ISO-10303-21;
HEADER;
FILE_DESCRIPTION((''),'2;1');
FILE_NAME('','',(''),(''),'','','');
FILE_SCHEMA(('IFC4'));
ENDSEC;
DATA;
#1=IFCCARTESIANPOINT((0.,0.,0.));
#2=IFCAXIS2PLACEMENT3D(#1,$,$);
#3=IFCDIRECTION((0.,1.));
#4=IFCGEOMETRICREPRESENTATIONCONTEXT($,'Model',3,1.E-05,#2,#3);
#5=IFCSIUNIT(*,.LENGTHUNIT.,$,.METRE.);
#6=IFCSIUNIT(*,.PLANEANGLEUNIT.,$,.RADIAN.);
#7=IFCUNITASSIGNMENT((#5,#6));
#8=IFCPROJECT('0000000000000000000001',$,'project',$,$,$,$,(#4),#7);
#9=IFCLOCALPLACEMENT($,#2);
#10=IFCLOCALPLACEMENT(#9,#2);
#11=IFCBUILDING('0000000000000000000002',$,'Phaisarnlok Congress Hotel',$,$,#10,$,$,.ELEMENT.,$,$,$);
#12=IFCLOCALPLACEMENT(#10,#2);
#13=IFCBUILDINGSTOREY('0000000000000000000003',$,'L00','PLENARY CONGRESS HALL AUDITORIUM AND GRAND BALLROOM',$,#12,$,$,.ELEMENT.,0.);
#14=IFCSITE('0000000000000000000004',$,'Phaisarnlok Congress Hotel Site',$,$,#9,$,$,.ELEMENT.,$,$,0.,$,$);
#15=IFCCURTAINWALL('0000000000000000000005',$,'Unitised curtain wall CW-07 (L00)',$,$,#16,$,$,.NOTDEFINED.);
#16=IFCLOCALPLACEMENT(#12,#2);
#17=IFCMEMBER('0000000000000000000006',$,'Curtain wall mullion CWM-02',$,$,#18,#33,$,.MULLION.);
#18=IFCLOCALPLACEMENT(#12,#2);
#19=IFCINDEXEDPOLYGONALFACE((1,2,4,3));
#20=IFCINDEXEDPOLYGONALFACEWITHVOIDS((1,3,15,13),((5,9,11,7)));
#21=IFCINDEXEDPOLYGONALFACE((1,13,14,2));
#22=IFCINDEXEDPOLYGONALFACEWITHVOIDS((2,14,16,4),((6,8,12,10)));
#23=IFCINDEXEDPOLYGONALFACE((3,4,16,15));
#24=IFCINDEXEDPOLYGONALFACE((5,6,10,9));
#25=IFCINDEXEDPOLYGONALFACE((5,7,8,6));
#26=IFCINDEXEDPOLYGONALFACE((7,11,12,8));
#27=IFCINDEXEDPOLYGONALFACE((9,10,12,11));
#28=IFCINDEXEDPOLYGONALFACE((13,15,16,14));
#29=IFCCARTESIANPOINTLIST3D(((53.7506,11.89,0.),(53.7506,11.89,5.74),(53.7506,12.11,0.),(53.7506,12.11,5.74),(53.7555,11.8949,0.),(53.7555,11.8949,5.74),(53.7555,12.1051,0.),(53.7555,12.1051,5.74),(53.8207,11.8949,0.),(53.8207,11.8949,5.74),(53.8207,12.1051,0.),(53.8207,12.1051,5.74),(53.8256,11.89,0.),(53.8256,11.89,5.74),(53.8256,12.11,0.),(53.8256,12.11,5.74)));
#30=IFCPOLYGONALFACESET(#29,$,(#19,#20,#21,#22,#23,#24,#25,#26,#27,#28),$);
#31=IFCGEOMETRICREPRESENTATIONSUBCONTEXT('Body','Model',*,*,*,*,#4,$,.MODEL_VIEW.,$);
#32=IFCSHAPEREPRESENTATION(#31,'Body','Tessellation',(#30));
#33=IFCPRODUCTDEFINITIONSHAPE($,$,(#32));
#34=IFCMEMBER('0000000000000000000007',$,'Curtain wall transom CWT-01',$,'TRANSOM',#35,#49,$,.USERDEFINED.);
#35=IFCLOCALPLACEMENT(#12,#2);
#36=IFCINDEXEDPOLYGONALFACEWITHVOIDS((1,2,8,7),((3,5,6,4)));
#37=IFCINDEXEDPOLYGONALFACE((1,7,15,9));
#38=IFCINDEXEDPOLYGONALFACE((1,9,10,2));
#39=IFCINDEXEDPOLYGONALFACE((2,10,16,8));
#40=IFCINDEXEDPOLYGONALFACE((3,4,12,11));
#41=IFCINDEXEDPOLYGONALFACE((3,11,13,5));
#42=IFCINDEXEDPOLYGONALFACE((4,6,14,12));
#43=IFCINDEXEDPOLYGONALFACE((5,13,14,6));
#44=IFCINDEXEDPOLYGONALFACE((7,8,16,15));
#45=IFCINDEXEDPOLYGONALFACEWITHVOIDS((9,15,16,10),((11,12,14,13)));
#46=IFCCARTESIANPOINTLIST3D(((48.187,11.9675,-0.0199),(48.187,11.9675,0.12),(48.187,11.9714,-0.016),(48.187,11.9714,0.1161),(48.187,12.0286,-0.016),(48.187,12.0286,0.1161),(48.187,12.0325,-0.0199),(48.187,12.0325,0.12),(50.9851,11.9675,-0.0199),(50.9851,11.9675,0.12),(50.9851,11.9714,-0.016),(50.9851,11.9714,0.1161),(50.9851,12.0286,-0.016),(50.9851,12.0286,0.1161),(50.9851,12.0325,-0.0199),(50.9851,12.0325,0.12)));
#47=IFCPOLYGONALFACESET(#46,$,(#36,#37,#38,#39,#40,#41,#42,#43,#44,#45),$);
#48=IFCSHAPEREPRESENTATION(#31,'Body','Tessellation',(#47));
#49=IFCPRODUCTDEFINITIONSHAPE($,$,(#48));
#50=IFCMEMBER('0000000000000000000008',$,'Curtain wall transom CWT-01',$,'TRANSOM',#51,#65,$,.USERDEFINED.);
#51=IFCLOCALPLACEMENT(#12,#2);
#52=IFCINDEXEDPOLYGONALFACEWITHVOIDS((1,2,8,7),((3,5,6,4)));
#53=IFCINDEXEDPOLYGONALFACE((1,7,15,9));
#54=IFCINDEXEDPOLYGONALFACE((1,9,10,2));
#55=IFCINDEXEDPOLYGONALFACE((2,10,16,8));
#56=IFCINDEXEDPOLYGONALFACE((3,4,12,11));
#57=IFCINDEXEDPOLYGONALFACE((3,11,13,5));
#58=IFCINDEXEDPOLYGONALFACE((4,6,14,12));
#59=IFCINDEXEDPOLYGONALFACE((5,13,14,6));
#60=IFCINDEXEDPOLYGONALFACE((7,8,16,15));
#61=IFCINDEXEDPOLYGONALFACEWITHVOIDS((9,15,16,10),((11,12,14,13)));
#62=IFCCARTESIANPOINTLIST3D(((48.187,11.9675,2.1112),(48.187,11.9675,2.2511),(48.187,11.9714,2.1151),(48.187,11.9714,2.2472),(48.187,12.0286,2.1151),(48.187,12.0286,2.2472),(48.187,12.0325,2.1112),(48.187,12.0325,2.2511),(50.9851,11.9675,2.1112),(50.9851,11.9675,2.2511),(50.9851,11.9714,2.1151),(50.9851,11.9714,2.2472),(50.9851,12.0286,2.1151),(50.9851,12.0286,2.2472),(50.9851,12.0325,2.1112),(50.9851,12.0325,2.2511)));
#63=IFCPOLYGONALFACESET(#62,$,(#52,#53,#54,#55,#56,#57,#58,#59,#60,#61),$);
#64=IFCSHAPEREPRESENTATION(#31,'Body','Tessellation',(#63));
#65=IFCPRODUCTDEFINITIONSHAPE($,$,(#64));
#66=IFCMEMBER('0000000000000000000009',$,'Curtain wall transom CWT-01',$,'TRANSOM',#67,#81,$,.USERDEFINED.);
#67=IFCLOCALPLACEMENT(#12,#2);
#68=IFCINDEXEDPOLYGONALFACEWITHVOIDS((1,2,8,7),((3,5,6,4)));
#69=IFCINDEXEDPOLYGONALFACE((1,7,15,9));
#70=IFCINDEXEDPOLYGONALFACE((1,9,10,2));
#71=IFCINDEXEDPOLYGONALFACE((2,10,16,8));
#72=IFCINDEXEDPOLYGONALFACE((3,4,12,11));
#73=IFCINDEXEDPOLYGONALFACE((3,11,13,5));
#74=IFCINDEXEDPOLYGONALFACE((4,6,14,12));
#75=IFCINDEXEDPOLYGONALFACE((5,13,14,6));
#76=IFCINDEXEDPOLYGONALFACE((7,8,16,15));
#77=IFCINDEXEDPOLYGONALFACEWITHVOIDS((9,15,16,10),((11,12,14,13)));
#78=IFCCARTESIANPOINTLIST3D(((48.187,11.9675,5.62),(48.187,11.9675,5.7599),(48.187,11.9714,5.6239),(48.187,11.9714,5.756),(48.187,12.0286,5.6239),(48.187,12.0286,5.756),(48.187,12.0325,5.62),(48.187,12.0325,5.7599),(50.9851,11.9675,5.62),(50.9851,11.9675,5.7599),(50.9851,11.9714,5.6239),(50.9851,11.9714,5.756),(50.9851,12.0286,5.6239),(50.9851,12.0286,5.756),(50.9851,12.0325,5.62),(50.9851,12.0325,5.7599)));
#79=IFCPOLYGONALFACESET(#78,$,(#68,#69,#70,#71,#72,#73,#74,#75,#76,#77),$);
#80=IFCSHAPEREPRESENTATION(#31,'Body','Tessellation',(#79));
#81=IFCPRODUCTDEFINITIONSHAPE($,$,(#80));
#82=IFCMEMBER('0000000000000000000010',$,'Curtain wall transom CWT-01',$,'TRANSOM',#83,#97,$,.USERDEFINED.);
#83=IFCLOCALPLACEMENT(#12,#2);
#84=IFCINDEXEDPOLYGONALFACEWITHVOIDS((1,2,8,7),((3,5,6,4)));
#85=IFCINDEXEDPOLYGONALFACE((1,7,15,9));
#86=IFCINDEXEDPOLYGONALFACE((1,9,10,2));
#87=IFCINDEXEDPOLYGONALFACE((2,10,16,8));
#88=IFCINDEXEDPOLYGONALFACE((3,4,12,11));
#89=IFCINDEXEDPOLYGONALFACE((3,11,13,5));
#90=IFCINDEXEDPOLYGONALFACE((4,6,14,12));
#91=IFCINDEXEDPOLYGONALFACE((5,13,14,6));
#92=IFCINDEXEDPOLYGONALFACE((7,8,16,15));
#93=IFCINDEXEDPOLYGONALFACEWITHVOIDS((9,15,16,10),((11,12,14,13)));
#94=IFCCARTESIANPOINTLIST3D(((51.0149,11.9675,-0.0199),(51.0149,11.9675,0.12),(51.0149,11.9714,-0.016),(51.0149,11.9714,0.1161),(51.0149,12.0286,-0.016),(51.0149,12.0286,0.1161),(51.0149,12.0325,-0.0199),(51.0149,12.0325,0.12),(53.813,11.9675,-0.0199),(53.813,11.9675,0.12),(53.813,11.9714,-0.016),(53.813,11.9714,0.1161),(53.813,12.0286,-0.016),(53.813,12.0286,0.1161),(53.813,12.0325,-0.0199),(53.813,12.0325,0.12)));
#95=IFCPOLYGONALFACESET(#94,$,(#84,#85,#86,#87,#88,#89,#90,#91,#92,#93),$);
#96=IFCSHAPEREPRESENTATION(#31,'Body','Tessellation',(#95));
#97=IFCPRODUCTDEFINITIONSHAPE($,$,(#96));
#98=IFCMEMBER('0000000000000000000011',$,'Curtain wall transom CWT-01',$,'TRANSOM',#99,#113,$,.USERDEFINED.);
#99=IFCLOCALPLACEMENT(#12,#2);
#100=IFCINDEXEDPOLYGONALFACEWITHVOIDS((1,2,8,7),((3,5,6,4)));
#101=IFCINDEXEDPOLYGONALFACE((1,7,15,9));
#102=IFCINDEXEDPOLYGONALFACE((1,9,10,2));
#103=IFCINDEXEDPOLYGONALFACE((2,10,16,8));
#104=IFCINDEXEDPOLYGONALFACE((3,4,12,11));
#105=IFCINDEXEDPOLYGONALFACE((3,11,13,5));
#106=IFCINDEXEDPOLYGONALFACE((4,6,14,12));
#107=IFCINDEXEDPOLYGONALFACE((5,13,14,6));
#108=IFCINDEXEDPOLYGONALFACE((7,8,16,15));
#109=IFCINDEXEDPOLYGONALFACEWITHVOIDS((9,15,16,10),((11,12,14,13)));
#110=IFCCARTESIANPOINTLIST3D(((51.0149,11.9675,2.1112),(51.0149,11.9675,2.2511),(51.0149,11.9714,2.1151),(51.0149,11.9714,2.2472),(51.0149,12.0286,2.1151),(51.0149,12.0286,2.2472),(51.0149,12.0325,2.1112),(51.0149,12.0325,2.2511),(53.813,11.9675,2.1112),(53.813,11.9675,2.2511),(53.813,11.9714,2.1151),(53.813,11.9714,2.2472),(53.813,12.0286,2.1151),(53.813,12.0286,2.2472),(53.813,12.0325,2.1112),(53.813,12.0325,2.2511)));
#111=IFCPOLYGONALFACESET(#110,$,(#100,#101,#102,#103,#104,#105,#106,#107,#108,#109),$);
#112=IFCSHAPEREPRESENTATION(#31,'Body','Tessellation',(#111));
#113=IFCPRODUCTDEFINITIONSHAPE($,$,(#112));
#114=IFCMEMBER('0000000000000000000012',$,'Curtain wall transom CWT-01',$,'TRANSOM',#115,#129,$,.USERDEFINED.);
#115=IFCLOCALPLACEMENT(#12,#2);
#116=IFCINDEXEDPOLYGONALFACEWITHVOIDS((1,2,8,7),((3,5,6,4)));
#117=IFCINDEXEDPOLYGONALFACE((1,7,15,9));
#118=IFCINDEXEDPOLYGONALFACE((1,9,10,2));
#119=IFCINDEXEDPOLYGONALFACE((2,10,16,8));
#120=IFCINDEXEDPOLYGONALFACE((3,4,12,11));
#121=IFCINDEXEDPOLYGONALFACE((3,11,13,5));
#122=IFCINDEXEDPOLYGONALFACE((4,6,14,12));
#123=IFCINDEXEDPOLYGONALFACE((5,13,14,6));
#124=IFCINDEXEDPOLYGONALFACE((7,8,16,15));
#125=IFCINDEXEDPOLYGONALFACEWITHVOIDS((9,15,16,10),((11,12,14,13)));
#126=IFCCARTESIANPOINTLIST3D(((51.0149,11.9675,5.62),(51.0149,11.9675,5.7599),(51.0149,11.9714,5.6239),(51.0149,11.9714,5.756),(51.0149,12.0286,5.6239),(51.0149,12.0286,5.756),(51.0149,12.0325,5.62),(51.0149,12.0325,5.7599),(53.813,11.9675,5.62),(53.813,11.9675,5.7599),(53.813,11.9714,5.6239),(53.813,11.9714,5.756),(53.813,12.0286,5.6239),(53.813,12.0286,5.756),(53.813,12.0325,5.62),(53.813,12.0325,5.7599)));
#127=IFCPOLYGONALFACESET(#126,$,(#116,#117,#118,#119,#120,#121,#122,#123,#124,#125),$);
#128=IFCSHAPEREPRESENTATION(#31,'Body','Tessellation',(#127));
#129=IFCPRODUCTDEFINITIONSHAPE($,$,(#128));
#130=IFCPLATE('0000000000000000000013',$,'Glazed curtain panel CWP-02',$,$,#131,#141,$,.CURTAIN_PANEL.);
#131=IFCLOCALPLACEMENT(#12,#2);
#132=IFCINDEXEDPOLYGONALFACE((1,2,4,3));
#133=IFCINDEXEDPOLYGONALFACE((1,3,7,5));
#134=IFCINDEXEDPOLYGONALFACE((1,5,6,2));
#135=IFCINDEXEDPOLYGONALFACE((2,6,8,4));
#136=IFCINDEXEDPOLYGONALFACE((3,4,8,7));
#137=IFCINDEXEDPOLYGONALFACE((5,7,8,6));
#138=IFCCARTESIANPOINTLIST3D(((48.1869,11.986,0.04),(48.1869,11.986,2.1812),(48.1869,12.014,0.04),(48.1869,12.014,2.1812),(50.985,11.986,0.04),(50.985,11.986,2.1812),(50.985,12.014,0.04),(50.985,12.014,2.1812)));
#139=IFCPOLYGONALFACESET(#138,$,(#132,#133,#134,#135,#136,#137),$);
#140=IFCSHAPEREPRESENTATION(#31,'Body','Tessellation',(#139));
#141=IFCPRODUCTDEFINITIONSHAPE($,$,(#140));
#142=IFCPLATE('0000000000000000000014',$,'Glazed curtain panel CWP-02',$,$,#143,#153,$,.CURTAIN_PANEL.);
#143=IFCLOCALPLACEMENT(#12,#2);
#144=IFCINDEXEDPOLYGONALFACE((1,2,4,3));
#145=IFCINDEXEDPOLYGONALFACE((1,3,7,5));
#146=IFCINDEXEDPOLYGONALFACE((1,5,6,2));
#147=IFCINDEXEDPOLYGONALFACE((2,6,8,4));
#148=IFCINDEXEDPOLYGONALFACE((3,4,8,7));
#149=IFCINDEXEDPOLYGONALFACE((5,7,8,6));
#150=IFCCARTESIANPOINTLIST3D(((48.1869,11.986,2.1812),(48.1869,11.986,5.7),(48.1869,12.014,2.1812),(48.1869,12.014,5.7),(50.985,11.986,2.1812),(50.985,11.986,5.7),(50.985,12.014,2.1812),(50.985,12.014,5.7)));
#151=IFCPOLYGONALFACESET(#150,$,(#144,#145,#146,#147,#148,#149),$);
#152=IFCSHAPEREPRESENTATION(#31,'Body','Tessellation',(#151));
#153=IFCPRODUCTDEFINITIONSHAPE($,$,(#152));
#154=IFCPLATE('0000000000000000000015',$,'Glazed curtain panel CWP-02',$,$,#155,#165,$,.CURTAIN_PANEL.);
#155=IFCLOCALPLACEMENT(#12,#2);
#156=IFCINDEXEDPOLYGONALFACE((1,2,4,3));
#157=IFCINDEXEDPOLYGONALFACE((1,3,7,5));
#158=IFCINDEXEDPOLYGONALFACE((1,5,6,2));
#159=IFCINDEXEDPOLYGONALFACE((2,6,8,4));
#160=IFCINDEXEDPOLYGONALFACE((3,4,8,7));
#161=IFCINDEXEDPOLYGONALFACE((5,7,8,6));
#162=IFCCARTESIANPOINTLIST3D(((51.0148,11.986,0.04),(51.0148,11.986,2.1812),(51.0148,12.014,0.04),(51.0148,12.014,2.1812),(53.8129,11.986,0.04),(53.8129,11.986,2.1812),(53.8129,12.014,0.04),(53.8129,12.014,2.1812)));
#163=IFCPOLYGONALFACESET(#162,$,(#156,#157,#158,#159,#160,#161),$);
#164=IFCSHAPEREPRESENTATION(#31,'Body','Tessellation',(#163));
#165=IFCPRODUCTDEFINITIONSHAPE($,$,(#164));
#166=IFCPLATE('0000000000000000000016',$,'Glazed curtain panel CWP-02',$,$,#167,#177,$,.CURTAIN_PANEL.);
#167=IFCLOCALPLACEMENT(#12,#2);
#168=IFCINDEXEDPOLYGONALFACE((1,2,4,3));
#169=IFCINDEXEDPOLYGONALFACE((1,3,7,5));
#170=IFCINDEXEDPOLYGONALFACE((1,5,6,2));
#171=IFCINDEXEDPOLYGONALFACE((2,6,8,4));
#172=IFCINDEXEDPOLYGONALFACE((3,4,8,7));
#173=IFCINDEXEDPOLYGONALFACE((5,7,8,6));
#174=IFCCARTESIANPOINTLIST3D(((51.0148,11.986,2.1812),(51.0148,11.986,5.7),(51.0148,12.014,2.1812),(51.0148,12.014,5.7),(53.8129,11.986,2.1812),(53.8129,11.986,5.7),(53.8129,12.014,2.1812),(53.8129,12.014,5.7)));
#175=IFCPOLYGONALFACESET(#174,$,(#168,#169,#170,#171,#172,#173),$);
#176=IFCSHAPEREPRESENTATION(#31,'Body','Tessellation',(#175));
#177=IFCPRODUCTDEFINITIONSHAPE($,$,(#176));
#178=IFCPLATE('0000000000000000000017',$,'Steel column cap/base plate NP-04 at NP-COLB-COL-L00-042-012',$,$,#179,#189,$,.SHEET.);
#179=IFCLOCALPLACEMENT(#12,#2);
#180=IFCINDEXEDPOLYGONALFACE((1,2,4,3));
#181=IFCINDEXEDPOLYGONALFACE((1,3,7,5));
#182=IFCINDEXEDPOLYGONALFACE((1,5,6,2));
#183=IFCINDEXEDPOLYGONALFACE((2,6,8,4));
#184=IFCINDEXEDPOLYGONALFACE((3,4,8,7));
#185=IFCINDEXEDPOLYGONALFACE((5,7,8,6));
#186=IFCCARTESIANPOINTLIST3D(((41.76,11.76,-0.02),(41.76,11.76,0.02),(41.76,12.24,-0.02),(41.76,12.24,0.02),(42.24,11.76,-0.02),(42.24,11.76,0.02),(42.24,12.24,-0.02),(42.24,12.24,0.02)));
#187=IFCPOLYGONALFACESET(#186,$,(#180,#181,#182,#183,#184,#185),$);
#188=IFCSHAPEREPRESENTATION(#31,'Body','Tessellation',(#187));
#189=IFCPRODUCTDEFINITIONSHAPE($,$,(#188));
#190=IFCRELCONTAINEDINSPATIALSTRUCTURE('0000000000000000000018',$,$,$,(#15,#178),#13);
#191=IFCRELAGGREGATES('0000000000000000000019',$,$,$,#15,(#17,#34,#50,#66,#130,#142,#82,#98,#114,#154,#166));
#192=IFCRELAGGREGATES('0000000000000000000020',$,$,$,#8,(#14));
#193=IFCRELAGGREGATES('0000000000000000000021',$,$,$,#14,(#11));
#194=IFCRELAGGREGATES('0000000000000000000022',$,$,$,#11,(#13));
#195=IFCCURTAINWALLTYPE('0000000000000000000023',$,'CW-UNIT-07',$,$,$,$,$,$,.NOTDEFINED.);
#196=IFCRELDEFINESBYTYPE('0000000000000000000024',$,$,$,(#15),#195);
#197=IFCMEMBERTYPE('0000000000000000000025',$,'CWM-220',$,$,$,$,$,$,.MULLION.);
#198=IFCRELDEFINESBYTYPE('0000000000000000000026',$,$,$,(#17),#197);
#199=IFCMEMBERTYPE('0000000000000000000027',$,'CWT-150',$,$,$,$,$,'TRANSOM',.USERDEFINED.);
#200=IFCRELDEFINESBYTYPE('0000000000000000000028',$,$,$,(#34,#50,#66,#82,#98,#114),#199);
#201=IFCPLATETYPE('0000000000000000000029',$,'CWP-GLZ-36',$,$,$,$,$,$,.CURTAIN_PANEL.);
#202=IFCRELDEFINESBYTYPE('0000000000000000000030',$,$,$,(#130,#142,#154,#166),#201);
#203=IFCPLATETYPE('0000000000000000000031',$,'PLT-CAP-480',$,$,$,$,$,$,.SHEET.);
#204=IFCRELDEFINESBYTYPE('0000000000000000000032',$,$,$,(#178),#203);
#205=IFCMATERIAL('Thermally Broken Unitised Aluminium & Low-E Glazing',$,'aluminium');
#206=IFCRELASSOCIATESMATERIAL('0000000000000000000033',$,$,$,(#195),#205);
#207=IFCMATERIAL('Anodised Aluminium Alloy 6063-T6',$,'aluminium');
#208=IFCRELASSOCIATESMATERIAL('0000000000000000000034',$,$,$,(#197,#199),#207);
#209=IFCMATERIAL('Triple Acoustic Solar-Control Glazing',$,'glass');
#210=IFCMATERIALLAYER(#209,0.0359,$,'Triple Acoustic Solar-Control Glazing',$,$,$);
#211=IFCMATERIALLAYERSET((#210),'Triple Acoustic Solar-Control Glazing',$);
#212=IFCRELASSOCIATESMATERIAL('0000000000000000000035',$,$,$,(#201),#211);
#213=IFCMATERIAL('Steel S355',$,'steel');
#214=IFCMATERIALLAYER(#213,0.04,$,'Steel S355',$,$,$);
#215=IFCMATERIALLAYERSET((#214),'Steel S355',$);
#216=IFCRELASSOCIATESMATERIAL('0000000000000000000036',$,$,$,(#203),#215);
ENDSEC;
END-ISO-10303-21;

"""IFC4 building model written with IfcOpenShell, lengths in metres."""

from ifc_helpers import new_model, si_unit, direction, frame, frame_2d, origin, origin_2d, place, context, subcontext, project, spatial, rectangle, hollow_rectangle, extrude, material, layer, layer_set, material_profile, profile_set, type_object, element, aggregate, save


model = new_model("IFC4")

# Units and contexts
model_context = context("Model", 3, precision=1e-05, world=origin(), true_north=direction((0.0, 1.0)))
body_context = subcontext(model_context, "Body", "Model", "MODEL_VIEW")
ifc_project = project(units=[si_unit("LENGTHUNIT", "METRE"), si_unit("PLANEANGLEUNIT", "RADIAN")], contexts=[model_context])

# Site, building, storey
site_placement = place(None, origin())
site = spatial("IfcSite", under=ifc_project, at=site_placement, Name="Phaisarnlok Congress Hotel Site", CompositionType="ELEMENT", RefElevation=0.0)
building_placement = place(site_placement, origin())
building = spatial("IfcBuilding", under=site, at=building_placement, Name="Phaisarnlok Congress Hotel", CompositionType="ELEMENT")
storey_placement = place(building_placement, origin())
storey = spatial("IfcBuildingStorey", under=building, at=storey_placement, Name="L00", Description="PLENARY CONGRESS HALL AUDITORIUM AND GRAND BALLROOM", CompositionType="ELEMENT", Elevation=0.0)

# Shared definitions
ifc_material_1 = material(Name="Steel S355", Category="steel")

# Curtain wall, members, plates
ifc_material_2 = material(Name="Thermally Broken Unitised Aluminium & Low-E Glazing", Category="aluminium")
curtain_wall_type = type_object("IfcCurtainWallType", Name="CW-UNIT-07", PredefinedType="NOTDEFINED", material=ifc_material_2)
curtain_wall_placement = place(storey_placement, origin())
curtain_wall = element("IfcCurtainWall", 1, at=curtain_wall_placement, inside=storey, type_object=curtain_wall_type, Name="Unitised curtain wall CW-07 (L00)", PredefinedType="NOTDEFINED")
ifc_material_3 = material(Name="Anodised Aluminium Alloy 6063-T6", Category="aluminium")
ifc_material_profile_1 = material_profile(ifc_material_3, hollow_rectangle(XDim=0.075, YDim=0.22, WallThickness=0.0049, at=origin_2d()), Name="ALU-M 75x220x5")
ifc_profile_set_1 = profile_set([ifc_material_profile_1], Name="Anodised Aluminium Alloy 6063-T6")
member_type_1 = type_object("IfcMemberType", Name="CWM-220", PredefinedType="MULLION", material=ifc_profile_set_1)
member_1_placement = place(storey_placement, frame((53.7881, 12.0, 0.0), z_axis=(0.0, 0.0, 1.0), x_axis=(1.0, 0.0, 0.0)))
member_1 = element("IfcMember", 2, at=member_1_placement, type_object=member_type_1, Name="Curtain wall mullion CWM-02", PredefinedType="MULLION", context=body_context, shape_type="SweptSolid", body=[
    extrude(hollow_rectangle(XDim=0.075, YDim=0.22, WallThickness=0.0049, at=origin_2d()), origin(), (0.0, 0.0, 1.0), 5.74),
])
ifc_material_profile_2 = material_profile(ifc_material_3, hollow_rectangle(XDim=0.0649, YDim=0.1399, WallThickness=0.0039, at=origin_2d()), Name="ALU-T 65x140x4")
ifc_profile_set_2 = profile_set([ifc_material_profile_2], Name="Anodised Aluminium Alloy 6063-T6")
member_type_2 = type_object("IfcMemberType", Name="CWT-150", ElementType="TRANSOM", PredefinedType="USERDEFINED", material=ifc_profile_set_2)
member_2_placement = place(storey_placement, frame((48.187, 12.0, 0.05), z_axis=(1.0, 0.0, 0.0), x_axis=(0.0, 1.0, 0.0)))
member_2 = element("IfcMember", 3, at=member_2_placement, type_object=member_type_2, Name="Curtain wall transom CWT-01", ObjectType="TRANSOM", PredefinedType="USERDEFINED", context=body_context, shape_type="SweptSolid", body=[
    extrude(hollow_rectangle(XDim=0.0649, YDim=0.1399, WallThickness=0.0039, at=origin_2d()), origin(), (0.0, 0.0, 1.0), 2.7981),
])
member_3_placement = place(storey_placement, frame((48.187, 12.0, 2.1812), z_axis=(1.0, 0.0, 0.0), x_axis=(0.0, 1.0, 0.0)))
member_3 = element("IfcMember", 4, at=member_3_placement, type_object=member_type_2, Name="Curtain wall transom CWT-01", ObjectType="TRANSOM", PredefinedType="USERDEFINED", context=body_context, shape_type="SweptSolid", body=[
    extrude(hollow_rectangle(XDim=0.0649, YDim=0.1399, WallThickness=0.0039, at=origin_2d()), origin(), (0.0, 0.0, 1.0), 2.7981),
])
member_4_placement = place(storey_placement, frame((48.187, 12.0, 5.6899), z_axis=(1.0, 0.0, 0.0), x_axis=(0.0, 1.0, 0.0)))
member_4 = element("IfcMember", 5, at=member_4_placement, type_object=member_type_2, Name="Curtain wall transom CWT-01", ObjectType="TRANSOM", PredefinedType="USERDEFINED", context=body_context, shape_type="SweptSolid", body=[
    extrude(hollow_rectangle(XDim=0.0649, YDim=0.1399, WallThickness=0.0039, at=origin_2d()), origin(), (0.0, 0.0, 1.0), 2.7981),
])
member_5_placement = place(storey_placement, frame((51.0149, 12.0, 0.05), z_axis=(1.0, 0.0, 0.0), x_axis=(0.0, 1.0, 0.0)))
member_5 = element("IfcMember", 6, at=member_5_placement, type_object=member_type_2, Name="Curtain wall transom CWT-01", ObjectType="TRANSOM", PredefinedType="USERDEFINED", context=body_context, shape_type="SweptSolid", body=[
    extrude(hollow_rectangle(XDim=0.0649, YDim=0.1399, WallThickness=0.0039, at=origin_2d()), origin(), (0.0, 0.0, 1.0), 2.7981),
])
member_6_placement = place(storey_placement, frame((51.0149, 12.0, 2.1812), z_axis=(1.0, 0.0, 0.0), x_axis=(0.0, 1.0, 0.0)))
member_6 = element("IfcMember", 7, at=member_6_placement, type_object=member_type_2, Name="Curtain wall transom CWT-01", ObjectType="TRANSOM", PredefinedType="USERDEFINED", context=body_context, shape_type="SweptSolid", body=[
    extrude(hollow_rectangle(XDim=0.0649, YDim=0.1399, WallThickness=0.0039, at=origin_2d()), origin(), (0.0, 0.0, 1.0), 2.7981),
])
member_7_placement = place(storey_placement, frame((51.0149, 12.0, 5.6899), z_axis=(1.0, 0.0, 0.0), x_axis=(0.0, 1.0, 0.0)))
member_7 = element("IfcMember", 8, at=member_7_placement, type_object=member_type_2, Name="Curtain wall transom CWT-01", ObjectType="TRANSOM", PredefinedType="USERDEFINED", context=body_context, shape_type="SweptSolid", body=[
    extrude(hollow_rectangle(XDim=0.0649, YDim=0.1399, WallThickness=0.0039, at=origin_2d()), origin(), (0.0, 0.0, 1.0), 2.7981),
])
ifc_material_4 = material(Name="Triple Acoustic Solar-Control Glazing", Category="glass")
ifc_layer_1 = layer(ifc_material_4, 0.0359, Name="Triple Acoustic Solar-Control Glazing")
ifc_layer_set_1 = layer_set([ifc_layer_1], Name="Triple Acoustic Solar-Control Glazing")
plate_type_1 = type_object("IfcPlateType", Name="CWP-GLZ-36", PredefinedType="CURTAIN_PANEL", material=ifc_layer_set_1)
plate_1_placement = place(storey_placement, frame((48.187, 12.0, 0.04), z_axis=(0.0, 0.0, 1.0), x_axis=(1.0, 0.0, 0.0)))
plate_1 = element("IfcPlate", 9, at=plate_1_placement, type_object=plate_type_1, Name="Glazed curtain panel CWP-02", PredefinedType="CURTAIN_PANEL", context=body_context, shape_type="SweptSolid", body=[
    extrude(rectangle(XDim=2.7981, YDim=0.0281, at=frame_2d((1.3989, 0.0))), origin(), (0.0, 0.0, 1.0), 2.1411),
])
plate_2_placement = place(storey_placement, frame((48.187, 12.0, 2.1812), z_axis=(0.0, 0.0, 1.0), x_axis=(1.0, 0.0, 0.0)))
plate_2 = element("IfcPlate", 10, at=plate_2_placement, type_object=plate_type_1, Name="Glazed curtain panel CWP-02", PredefinedType="CURTAIN_PANEL", context=body_context, shape_type="SweptSolid", body=[
    extrude(rectangle(XDim=2.7981, YDim=0.0281, at=frame_2d((1.3989, 0.0))), origin(), (0.0, 0.0, 1.0), 3.5188),
])
plate_3_placement = place(storey_placement, frame((51.0149, 12.0, 0.04), z_axis=(0.0, 0.0, 1.0), x_axis=(1.0, 0.0, 0.0)))
plate_3 = element("IfcPlate", 11, at=plate_3_placement, type_object=plate_type_1, Name="Glazed curtain panel CWP-02", PredefinedType="CURTAIN_PANEL", context=body_context, shape_type="SweptSolid", body=[
    extrude(rectangle(XDim=2.7981, YDim=0.0281, at=frame_2d((1.3989, 0.0))), origin(), (0.0, 0.0, 1.0), 2.1411),
])
plate_4_placement = place(storey_placement, frame((51.0149, 12.0, 2.1812), z_axis=(0.0, 0.0, 1.0), x_axis=(1.0, 0.0, 0.0)))
plate_4 = element("IfcPlate", 12, at=plate_4_placement, type_object=plate_type_1, Name="Glazed curtain panel CWP-02", PredefinedType="CURTAIN_PANEL", context=body_context, shape_type="SweptSolid", body=[
    extrude(rectangle(XDim=2.7981, YDim=0.0281, at=frame_2d((1.3989, 0.0))), origin(), (0.0, 0.0, 1.0), 3.5188),
])
aggregate(curtain_wall, [member_1, member_2, member_3, member_4, plate_1, plate_2, member_5, member_6, member_7, plate_3, plate_4])

# Plate
ifc_layer_2 = layer(ifc_material_1, 0.04, Name="Steel S355")
ifc_layer_set_2 = layer_set([ifc_layer_2], Name="Steel S355")
plate_type_2 = type_object("IfcPlateType", Name="PLT-CAP-480", PredefinedType="SHEET", material=ifc_layer_set_2)
for number, where, z_axis, x_axis, name in (
    (13, (42.0, 12.0, -0.02), (0.0, 0.0, 1.0), (1.0, 0.0, 0.0), "Steel column cap/base plate NP-04 at NP-COLB-COL-L00-042-012"),
):
    element("IfcPlate", number, at=place(storey_placement, frame(where, z_axis=z_axis, x_axis=x_axis)), inside=storey, type_object=plate_type_2, Name=name, PredefinedType="SHEET", context=body_context, shape_type="SweptSolid", body=[
        extrude(rectangle(XDim=0.48, YDim=0.48, at=origin_2d()), origin(), (0.0, 0.0, 1.0), 0.04),
    ])

save(model, "model.ifc")
